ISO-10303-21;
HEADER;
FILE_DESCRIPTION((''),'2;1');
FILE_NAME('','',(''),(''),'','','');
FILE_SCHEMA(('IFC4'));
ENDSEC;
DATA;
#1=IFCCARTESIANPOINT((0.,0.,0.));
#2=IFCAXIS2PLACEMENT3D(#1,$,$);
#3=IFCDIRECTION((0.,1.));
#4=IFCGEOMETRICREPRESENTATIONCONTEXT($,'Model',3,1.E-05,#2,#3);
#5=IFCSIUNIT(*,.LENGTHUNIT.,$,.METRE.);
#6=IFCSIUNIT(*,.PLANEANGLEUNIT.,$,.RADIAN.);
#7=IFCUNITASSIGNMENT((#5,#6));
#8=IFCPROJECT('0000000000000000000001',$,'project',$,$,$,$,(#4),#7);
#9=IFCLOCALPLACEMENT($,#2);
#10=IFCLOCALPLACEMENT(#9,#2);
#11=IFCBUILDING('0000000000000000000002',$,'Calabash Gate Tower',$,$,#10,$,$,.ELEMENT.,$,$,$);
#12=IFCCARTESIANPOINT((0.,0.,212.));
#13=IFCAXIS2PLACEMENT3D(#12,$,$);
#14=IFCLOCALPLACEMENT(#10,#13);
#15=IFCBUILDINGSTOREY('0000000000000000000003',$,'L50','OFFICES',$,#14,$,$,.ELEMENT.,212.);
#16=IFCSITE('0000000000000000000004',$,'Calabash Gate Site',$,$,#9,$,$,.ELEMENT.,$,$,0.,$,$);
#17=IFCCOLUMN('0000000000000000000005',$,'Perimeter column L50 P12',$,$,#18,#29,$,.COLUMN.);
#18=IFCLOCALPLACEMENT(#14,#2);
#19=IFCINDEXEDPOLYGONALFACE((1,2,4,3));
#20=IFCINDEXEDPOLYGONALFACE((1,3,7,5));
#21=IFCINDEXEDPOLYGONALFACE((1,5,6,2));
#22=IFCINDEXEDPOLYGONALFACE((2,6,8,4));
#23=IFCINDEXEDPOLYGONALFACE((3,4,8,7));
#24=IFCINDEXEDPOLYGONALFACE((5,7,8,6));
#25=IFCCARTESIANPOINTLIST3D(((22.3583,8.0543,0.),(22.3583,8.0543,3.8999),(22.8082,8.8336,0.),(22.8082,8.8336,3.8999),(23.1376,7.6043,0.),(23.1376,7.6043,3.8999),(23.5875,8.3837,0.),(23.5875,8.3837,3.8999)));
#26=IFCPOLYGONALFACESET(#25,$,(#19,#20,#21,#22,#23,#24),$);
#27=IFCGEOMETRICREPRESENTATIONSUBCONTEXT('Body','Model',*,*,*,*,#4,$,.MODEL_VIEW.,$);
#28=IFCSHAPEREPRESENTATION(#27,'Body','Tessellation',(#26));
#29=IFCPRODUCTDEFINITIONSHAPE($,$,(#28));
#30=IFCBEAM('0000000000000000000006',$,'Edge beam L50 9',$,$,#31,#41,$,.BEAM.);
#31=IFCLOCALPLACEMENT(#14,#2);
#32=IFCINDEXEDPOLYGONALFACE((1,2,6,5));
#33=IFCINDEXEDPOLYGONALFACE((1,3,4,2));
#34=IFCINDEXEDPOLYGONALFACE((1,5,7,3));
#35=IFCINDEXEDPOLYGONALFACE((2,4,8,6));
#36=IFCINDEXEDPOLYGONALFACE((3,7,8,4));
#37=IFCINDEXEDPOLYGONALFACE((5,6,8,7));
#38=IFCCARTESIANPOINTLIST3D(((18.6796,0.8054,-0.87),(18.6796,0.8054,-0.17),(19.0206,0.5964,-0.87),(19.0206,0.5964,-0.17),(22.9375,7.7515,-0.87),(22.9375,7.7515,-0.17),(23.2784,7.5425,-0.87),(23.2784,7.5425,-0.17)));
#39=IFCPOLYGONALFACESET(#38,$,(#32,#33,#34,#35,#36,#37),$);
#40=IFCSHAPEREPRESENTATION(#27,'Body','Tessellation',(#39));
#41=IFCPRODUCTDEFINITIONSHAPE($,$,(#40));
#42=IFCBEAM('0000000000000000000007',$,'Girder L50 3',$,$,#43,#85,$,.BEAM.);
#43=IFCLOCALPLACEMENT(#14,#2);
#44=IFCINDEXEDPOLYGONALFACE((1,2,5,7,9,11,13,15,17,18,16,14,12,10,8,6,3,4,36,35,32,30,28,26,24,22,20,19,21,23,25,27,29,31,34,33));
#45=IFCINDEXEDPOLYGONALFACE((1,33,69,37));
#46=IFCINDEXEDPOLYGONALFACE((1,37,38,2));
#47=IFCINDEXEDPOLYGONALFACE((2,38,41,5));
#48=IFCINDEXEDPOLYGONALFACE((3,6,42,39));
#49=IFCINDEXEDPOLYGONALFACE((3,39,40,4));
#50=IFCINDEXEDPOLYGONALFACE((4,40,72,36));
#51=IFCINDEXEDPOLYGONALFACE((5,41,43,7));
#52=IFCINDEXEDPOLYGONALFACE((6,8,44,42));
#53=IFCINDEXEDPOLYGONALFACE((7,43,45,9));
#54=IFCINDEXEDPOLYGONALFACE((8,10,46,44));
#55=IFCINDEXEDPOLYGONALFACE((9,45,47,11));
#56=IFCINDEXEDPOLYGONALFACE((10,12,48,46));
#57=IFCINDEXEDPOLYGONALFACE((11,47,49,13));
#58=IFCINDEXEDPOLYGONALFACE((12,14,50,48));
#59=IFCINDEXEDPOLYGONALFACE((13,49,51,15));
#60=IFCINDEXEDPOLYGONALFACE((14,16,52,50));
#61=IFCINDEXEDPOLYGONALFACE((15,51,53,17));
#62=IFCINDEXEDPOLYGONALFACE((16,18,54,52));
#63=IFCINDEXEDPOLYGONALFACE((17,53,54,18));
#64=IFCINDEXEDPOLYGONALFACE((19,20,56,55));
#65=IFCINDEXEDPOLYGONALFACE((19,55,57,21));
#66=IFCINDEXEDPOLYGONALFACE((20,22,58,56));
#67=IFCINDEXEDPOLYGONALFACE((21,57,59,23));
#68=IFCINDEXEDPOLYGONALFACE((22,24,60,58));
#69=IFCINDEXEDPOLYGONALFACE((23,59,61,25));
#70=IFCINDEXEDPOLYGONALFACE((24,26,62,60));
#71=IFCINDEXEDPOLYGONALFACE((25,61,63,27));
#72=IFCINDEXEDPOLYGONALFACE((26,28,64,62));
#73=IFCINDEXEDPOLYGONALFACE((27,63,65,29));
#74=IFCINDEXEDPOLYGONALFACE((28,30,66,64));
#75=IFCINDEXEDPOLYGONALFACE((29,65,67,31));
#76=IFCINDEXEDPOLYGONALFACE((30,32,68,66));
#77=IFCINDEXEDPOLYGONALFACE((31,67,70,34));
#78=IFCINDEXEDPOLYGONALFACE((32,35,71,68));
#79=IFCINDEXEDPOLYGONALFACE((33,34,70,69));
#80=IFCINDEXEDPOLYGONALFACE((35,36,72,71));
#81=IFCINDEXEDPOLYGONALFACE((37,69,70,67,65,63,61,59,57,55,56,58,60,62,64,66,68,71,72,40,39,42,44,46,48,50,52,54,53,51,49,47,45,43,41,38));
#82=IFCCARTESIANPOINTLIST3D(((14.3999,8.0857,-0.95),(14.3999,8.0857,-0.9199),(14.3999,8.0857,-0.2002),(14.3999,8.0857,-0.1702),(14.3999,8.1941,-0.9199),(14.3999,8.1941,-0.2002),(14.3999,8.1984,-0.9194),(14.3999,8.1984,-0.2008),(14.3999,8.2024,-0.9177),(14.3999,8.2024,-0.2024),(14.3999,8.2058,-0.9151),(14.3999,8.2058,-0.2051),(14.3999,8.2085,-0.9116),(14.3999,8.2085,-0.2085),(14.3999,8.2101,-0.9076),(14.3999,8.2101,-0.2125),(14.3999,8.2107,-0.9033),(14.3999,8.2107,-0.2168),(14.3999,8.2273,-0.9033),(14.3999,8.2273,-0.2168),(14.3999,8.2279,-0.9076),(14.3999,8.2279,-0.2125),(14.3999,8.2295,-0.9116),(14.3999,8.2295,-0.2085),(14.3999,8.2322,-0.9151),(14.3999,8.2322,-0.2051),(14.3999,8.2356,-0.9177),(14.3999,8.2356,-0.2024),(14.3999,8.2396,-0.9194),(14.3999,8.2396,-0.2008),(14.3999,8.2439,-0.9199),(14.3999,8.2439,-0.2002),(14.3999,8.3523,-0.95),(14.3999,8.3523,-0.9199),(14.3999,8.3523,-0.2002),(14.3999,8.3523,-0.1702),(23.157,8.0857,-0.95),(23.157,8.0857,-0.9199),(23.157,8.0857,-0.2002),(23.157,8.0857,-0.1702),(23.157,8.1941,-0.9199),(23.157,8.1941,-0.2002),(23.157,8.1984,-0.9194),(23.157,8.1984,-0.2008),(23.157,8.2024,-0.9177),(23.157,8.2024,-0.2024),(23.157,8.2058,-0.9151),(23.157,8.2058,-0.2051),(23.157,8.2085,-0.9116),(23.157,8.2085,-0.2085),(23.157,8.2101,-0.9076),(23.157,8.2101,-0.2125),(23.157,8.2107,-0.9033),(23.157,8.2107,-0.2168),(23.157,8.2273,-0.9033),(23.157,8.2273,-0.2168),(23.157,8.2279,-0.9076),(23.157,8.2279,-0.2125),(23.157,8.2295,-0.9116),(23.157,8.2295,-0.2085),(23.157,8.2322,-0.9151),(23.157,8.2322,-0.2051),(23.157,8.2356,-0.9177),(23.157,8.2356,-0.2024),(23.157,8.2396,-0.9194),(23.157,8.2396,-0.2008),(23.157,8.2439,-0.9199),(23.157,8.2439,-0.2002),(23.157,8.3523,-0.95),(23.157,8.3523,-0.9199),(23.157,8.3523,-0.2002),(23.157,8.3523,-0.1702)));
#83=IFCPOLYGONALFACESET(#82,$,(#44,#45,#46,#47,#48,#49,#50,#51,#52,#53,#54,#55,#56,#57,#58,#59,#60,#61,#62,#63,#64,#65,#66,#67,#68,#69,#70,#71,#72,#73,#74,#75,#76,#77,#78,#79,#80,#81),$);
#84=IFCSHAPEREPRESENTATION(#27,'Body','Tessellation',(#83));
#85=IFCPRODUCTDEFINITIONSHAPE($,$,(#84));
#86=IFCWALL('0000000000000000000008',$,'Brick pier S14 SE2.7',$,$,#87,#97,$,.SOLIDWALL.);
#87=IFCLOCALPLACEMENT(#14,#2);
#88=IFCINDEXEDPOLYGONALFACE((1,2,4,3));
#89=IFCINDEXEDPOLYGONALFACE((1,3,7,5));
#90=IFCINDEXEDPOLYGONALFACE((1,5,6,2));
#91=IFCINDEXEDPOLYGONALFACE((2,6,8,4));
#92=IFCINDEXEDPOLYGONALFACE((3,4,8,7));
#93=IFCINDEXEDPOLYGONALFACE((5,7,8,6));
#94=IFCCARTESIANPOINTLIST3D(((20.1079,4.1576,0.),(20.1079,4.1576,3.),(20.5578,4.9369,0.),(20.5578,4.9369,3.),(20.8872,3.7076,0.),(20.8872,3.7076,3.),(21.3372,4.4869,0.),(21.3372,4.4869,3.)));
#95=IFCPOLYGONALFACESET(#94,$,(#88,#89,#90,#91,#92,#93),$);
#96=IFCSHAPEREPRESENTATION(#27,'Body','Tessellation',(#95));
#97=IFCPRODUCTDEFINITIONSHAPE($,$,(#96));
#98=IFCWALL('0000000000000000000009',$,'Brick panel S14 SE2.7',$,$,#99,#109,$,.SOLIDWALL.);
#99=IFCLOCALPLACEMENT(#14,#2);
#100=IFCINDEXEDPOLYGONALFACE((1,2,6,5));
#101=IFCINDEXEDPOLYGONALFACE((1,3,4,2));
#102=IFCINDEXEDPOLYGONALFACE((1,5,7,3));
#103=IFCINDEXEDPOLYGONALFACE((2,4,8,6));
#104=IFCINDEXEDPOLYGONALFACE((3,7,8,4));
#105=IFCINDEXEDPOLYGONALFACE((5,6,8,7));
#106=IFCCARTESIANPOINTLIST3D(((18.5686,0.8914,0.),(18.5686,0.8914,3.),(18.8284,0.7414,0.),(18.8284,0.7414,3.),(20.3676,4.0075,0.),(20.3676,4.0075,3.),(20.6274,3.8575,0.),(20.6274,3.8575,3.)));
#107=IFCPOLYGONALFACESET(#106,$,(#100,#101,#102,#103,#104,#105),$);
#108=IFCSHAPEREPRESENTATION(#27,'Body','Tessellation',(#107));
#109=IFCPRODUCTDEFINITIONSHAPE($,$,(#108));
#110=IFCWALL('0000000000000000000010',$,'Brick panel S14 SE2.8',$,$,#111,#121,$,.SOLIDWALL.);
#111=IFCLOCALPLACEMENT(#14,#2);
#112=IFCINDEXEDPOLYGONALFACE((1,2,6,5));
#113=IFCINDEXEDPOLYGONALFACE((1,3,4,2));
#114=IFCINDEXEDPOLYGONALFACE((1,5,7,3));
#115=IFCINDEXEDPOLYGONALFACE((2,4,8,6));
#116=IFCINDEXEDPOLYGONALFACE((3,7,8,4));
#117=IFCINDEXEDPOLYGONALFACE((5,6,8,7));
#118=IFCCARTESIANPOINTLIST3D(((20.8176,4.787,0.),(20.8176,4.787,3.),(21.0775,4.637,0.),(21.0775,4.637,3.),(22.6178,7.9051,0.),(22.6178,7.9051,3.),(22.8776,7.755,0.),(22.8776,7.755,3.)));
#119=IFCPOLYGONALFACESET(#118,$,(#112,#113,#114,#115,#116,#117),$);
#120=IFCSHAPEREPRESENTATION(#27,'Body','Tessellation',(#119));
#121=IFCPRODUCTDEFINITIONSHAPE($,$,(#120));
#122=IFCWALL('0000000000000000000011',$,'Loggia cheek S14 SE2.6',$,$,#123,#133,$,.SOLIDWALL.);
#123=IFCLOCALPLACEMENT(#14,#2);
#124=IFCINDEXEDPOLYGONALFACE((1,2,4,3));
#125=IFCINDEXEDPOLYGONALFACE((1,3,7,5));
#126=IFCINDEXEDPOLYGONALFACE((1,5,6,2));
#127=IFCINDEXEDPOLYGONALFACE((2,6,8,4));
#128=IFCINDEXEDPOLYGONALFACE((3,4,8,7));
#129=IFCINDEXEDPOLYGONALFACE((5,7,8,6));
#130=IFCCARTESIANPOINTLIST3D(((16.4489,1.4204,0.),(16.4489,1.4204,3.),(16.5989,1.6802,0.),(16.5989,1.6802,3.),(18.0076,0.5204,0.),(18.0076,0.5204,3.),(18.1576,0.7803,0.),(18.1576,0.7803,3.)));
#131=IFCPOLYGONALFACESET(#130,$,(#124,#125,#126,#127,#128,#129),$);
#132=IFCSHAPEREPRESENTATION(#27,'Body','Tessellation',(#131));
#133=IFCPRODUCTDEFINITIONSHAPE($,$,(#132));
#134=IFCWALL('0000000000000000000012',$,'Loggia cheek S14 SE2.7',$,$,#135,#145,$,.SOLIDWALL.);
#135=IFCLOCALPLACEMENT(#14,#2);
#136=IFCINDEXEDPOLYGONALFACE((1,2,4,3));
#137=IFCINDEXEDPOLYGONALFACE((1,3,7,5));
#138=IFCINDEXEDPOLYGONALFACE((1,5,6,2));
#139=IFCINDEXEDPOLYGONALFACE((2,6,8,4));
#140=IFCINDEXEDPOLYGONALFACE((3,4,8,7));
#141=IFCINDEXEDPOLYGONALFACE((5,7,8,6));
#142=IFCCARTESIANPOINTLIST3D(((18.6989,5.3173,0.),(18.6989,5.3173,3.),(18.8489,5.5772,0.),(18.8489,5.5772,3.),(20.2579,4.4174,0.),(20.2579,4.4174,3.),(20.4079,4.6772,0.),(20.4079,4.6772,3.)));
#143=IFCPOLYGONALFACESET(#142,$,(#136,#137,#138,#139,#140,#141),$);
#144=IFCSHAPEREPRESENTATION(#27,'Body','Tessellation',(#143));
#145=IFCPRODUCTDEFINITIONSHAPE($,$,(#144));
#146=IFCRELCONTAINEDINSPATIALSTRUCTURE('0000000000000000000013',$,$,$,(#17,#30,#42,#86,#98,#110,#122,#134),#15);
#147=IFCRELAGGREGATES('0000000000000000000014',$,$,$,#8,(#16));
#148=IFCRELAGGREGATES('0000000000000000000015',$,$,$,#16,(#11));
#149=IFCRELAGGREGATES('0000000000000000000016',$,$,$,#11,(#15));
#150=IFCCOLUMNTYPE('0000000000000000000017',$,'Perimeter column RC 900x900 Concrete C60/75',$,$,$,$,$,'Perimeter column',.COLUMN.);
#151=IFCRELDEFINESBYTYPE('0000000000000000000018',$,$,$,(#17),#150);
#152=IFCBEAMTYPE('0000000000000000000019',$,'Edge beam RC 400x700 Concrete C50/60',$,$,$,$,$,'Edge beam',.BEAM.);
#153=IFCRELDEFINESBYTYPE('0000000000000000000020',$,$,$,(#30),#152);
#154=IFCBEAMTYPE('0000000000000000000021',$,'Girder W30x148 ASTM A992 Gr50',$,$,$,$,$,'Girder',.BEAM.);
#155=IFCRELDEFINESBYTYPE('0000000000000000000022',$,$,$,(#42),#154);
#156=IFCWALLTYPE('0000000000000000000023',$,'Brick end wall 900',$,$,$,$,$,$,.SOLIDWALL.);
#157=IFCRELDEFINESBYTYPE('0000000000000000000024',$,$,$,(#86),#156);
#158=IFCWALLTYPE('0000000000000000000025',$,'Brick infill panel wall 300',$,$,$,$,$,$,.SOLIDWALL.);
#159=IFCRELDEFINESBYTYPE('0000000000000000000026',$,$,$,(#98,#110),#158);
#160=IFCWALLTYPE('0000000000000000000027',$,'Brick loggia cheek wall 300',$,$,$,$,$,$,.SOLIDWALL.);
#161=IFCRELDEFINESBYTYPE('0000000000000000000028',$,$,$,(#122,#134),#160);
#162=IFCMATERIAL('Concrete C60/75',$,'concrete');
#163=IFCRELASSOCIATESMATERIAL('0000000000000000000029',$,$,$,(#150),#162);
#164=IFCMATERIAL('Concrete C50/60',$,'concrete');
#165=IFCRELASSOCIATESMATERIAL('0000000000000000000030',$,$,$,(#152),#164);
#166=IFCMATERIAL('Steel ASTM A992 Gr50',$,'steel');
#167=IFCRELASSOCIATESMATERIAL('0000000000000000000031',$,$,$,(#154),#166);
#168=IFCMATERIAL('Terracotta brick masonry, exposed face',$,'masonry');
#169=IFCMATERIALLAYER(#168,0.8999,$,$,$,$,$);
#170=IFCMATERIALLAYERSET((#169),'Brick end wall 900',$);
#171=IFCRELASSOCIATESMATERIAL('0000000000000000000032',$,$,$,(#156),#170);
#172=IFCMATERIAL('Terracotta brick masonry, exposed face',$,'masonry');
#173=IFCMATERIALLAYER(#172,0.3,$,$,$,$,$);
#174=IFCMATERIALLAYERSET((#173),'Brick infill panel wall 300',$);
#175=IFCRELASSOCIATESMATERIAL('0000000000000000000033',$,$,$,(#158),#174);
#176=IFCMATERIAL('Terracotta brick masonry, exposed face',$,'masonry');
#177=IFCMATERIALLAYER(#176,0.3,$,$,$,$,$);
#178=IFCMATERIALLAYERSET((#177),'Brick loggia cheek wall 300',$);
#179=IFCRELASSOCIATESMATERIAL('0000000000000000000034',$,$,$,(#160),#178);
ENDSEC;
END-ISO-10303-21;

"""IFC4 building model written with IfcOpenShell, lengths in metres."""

from ifc_helpers import new_model, si_unit, direction, frame, frame_2d, origin, origin_2d, place, context, subcontext, project, spatial, rectangle, i_section, extrude, material, layer, layer_set, material_profile, profile_set, type_object, element, save


model = new_model("IFC4")

# Units and contexts
model_context = context("Model", 3, precision=1e-05, world=origin(), true_north=direction((0.0, 1.0)))
body_context = subcontext(model_context, "Body", "Model", "MODEL_VIEW")
ifc_project = project(units=[si_unit("LENGTHUNIT", "METRE"), si_unit("PLANEANGLEUNIT", "RADIAN")], contexts=[model_context])

# Site, building, storey
site_placement = place(None, origin())
site = spatial("IfcSite", under=ifc_project, at=site_placement, Name="Calabash Gate Site", CompositionType="ELEMENT", RefElevation=0.0)
building_placement = place(site_placement, origin())
building = spatial("IfcBuilding", under=site, at=building_placement, Name="Calabash Gate Tower", CompositionType="ELEMENT")
storey_placement = place(building_placement, frame((0.0, 0.0, 212.0)))
storey = spatial("IfcBuildingStorey", under=building, at=storey_placement, Name="L50", Description="OFFICES", CompositionType="ELEMENT", Elevation=212.0)

# Column
ifc_material_1 = material(Name="Concrete C60/75", Category="concrete")
ifc_material_profile_1 = material_profile(ifc_material_1, rectangle(XDim=0.8999, YDim=0.8999, at=origin_2d()))
ifc_profile_set_1 = profile_set([ifc_material_profile_1], Name="Concrete C60/75")
column_type = type_object("IfcColumnType", Name="Perimeter column RC 900x900 Concrete C60/75", ElementType="Perimeter column", PredefinedType="COLUMN", material=ifc_profile_set_1)
column_placement = place(storey_placement, frame((22.9729, 8.219, 0.0), z_axis=(0.0, 0.0, 1.0), x_axis=(0.5, 0.866025, 0.0)))
element("IfcColumn", 1, at=column_placement, inside=storey, type_object=column_type, Name="Perimeter column L50 P12", PredefinedType="COLUMN", context=body_context, shape_type="SweptSolid", body=[
    extrude(rectangle(XDim=0.8999, YDim=0.8999, at=origin_2d()), origin(), (0.0, 0.0, 1.0), 3.8999),
])

# Beams
ifc_material_2 = material(Name="Concrete C50/60", Category="concrete")
ifc_material_profile_2 = material_profile(ifc_material_2, rectangle(XDim=0.3999, YDim=0.7, at=origin_2d()))
ifc_profile_set_2 = profile_set([ifc_material_profile_2], Name="Concrete C50/60")
beam_type_1 = type_object("IfcBeamType", Name="Edge beam RC 400x700 Concrete C50/60", ElementType="Edge beam", PredefinedType="BEAM", material=ifc_profile_set_2)
beam_1_placement = place(storey_placement, frame((18.8501, 0.7009, -0.52), z_axis=(0.522612, 0.852571, 0.0), x_axis=(-0.852571, 0.522612, 0.0)))
element("IfcBeam", 2, at=beam_1_placement, inside=storey, type_object=beam_type_1, Name="Edge beam L50 9", PredefinedType="BEAM", context=body_context, shape_type="SweptSolid", body=[
    extrude(rectangle(XDim=0.3999, YDim=0.7, at=origin_2d()), origin(), (0.0, 0.0, 1.0), 8.1472),
])
ifc_material_3 = material(Name="Steel ASTM A992 Gr50", Category="steel")
ifc_material_profile_3 = material_profile(ifc_material_3, i_section(OverallWidth=0.2666, OverallDepth=0.7798, WebThickness=0.0166, FlangeThickness=0.03, FilletRadius=0.0166, at=origin_2d()))
ifc_profile_set_3 = profile_set([ifc_material_profile_3], Name="Steel ASTM A992 Gr50")
beam_type_2 = type_object("IfcBeamType", Name="Girder W30x148 ASTM A992 Gr50", ElementType="Girder", PredefinedType="BEAM", material=ifc_profile_set_3)
beam_2_placement = place(storey_placement, frame((23.157, 8.219, -0.5601), z_axis=(-1.0, 0.0, 0.0), x_axis=(0.0, -1.0, 0.0)))
element("IfcBeam", 3, at=beam_2_placement, inside=storey, type_object=beam_type_2, Name="Girder L50 3", PredefinedType="BEAM", context=body_context, shape_type="SweptSolid", body=[
    extrude(i_section(OverallWidth=0.2666, OverallDepth=0.7798, WebThickness=0.0166, FlangeThickness=0.03, FilletRadius=0.0166, at=origin_2d()), origin(), (0.0, 0.0, 1.0), 8.7571),
])

# Walls
ifc_material_4 = material(Name="Terracotta brick masonry, exposed face", Category="masonry")
ifc_layer_1 = layer(ifc_material_4, 0.8999)
ifc_layer_set_1 = layer_set([ifc_layer_1], Name="Brick end wall 900")
wall_type_1 = type_object("IfcWallType", Name="Brick end wall 900", PredefinedType="SOLIDWALL", material=ifc_layer_set_1)
wall_1_placement = place(storey_placement, frame((20.9475, 4.7119, 0.0), z_axis=(0.0, 0.0, 1.0), x_axis=(-0.50002, -0.866014, 0.0)))
element("IfcWall", 4, at=wall_1_placement, inside=storey, type_object=wall_type_1, Name="Brick pier S14 SE2.7", PredefinedType="SOLIDWALL", context=body_context, shape_type="SweptSolid", body=[
    extrude(rectangle(XDim=0.8999, YDim=0.8999, at=frame_2d((0.45, 0.0))), origin(), (0.0, 0.0, 1.0), 3.0),
])
ifc_material_5 = material(Name="Terracotta brick masonry, exposed face", Category="masonry")
ifc_layer_2 = layer(ifc_material_5, 0.3)
ifc_layer_set_2 = layer_set([ifc_layer_2], Name="Brick infill panel wall 300")
wall_type_2 = type_object("IfcWallType", Name="Brick infill panel wall 300", PredefinedType="SOLIDWALL", material=ifc_layer_set_2)
wall_2_placement = place(storey_placement, frame((18.6985, 0.8164, 0.0), z_axis=(0.0, 0.0, 1.0), x_axis=(0.499985, 0.866034, 0.0)))
element("IfcWall", 5, at=wall_2_placement, inside=storey, type_object=wall_type_2, Name="Brick panel S14 SE2.7", PredefinedType="SOLIDWALL", context=body_context, shape_type="SweptSolid", body=[
    extrude(rectangle(XDim=3.5981, YDim=0.3, at=frame_2d((1.7991, 0.0))), origin(), (0.0, 0.0, 1.0), 3.0),
])
wall_3_placement = place(storey_placement, frame((20.9475, 4.7119, 0.0), z_axis=(0.0, 0.0, 1.0), x_axis=(0.499983, 0.866035, 0.0)))
element("IfcWall", 6, at=wall_3_placement, inside=storey, type_object=wall_type_2, Name="Brick panel S14 SE2.8", PredefinedType="SOLIDWALL", context=body_context, shape_type="SweptSolid", body=[
    extrude(rectangle(XDim=3.6003, YDim=0.3, at=frame_2d((1.8003, 0.0))), origin(), (0.0, 0.0, 1.0), 3.0),
])
ifc_material_6 = material(Name="Terracotta brick masonry, exposed face", Category="masonry")
ifc_layer_3 = layer(ifc_material_6, 0.3)
ifc_layer_set_3 = layer_set([ifc_layer_3], Name="Brick loggia cheek wall 300")
wall_type_3 = type_object("IfcWallType", Name="Brick loggia cheek wall 300", PredefinedType="SOLIDWALL", material=ifc_layer_set_3)
wall_4_placement = place(storey_placement, frame((16.5239, 1.5503, 0.0), z_axis=(0.0, 0.0, 1.0), x_axis=(0.866014, -0.50002, 0.0)))
element("IfcWall", 7, at=wall_4_placement, inside=storey, type_object=wall_type_3, Name="Loggia cheek S14 SE2.6", PredefinedType="SOLIDWALL", context=body_context, shape_type="SweptSolid", body=[
    extrude(rectangle(XDim=1.7998, YDim=0.3, at=frame_2d((0.8999, 0.0))), origin(), (0.0, 0.0, 1.0), 3.0),
])
wall_5_placement = place(storey_placement, frame((20.3328, 4.5474, 0.0), z_axis=(0.0, 0.0, 1.0), x_axis=(-0.866048, 0.499961, 0.0)))
element("IfcWall", 8, at=wall_5_placement, inside=storey, type_object=wall_type_3, Name="Loggia cheek S14 SE2.7", PredefinedType="SOLIDWALL", context=body_context, shape_type="SweptSolid", body=[
    extrude(rectangle(XDim=1.8, YDim=0.3, at=frame_2d((0.8999, 0.0))), origin(), (0.0, 0.0, 1.0), 3.0),
])

save(model, "model.ifc")
